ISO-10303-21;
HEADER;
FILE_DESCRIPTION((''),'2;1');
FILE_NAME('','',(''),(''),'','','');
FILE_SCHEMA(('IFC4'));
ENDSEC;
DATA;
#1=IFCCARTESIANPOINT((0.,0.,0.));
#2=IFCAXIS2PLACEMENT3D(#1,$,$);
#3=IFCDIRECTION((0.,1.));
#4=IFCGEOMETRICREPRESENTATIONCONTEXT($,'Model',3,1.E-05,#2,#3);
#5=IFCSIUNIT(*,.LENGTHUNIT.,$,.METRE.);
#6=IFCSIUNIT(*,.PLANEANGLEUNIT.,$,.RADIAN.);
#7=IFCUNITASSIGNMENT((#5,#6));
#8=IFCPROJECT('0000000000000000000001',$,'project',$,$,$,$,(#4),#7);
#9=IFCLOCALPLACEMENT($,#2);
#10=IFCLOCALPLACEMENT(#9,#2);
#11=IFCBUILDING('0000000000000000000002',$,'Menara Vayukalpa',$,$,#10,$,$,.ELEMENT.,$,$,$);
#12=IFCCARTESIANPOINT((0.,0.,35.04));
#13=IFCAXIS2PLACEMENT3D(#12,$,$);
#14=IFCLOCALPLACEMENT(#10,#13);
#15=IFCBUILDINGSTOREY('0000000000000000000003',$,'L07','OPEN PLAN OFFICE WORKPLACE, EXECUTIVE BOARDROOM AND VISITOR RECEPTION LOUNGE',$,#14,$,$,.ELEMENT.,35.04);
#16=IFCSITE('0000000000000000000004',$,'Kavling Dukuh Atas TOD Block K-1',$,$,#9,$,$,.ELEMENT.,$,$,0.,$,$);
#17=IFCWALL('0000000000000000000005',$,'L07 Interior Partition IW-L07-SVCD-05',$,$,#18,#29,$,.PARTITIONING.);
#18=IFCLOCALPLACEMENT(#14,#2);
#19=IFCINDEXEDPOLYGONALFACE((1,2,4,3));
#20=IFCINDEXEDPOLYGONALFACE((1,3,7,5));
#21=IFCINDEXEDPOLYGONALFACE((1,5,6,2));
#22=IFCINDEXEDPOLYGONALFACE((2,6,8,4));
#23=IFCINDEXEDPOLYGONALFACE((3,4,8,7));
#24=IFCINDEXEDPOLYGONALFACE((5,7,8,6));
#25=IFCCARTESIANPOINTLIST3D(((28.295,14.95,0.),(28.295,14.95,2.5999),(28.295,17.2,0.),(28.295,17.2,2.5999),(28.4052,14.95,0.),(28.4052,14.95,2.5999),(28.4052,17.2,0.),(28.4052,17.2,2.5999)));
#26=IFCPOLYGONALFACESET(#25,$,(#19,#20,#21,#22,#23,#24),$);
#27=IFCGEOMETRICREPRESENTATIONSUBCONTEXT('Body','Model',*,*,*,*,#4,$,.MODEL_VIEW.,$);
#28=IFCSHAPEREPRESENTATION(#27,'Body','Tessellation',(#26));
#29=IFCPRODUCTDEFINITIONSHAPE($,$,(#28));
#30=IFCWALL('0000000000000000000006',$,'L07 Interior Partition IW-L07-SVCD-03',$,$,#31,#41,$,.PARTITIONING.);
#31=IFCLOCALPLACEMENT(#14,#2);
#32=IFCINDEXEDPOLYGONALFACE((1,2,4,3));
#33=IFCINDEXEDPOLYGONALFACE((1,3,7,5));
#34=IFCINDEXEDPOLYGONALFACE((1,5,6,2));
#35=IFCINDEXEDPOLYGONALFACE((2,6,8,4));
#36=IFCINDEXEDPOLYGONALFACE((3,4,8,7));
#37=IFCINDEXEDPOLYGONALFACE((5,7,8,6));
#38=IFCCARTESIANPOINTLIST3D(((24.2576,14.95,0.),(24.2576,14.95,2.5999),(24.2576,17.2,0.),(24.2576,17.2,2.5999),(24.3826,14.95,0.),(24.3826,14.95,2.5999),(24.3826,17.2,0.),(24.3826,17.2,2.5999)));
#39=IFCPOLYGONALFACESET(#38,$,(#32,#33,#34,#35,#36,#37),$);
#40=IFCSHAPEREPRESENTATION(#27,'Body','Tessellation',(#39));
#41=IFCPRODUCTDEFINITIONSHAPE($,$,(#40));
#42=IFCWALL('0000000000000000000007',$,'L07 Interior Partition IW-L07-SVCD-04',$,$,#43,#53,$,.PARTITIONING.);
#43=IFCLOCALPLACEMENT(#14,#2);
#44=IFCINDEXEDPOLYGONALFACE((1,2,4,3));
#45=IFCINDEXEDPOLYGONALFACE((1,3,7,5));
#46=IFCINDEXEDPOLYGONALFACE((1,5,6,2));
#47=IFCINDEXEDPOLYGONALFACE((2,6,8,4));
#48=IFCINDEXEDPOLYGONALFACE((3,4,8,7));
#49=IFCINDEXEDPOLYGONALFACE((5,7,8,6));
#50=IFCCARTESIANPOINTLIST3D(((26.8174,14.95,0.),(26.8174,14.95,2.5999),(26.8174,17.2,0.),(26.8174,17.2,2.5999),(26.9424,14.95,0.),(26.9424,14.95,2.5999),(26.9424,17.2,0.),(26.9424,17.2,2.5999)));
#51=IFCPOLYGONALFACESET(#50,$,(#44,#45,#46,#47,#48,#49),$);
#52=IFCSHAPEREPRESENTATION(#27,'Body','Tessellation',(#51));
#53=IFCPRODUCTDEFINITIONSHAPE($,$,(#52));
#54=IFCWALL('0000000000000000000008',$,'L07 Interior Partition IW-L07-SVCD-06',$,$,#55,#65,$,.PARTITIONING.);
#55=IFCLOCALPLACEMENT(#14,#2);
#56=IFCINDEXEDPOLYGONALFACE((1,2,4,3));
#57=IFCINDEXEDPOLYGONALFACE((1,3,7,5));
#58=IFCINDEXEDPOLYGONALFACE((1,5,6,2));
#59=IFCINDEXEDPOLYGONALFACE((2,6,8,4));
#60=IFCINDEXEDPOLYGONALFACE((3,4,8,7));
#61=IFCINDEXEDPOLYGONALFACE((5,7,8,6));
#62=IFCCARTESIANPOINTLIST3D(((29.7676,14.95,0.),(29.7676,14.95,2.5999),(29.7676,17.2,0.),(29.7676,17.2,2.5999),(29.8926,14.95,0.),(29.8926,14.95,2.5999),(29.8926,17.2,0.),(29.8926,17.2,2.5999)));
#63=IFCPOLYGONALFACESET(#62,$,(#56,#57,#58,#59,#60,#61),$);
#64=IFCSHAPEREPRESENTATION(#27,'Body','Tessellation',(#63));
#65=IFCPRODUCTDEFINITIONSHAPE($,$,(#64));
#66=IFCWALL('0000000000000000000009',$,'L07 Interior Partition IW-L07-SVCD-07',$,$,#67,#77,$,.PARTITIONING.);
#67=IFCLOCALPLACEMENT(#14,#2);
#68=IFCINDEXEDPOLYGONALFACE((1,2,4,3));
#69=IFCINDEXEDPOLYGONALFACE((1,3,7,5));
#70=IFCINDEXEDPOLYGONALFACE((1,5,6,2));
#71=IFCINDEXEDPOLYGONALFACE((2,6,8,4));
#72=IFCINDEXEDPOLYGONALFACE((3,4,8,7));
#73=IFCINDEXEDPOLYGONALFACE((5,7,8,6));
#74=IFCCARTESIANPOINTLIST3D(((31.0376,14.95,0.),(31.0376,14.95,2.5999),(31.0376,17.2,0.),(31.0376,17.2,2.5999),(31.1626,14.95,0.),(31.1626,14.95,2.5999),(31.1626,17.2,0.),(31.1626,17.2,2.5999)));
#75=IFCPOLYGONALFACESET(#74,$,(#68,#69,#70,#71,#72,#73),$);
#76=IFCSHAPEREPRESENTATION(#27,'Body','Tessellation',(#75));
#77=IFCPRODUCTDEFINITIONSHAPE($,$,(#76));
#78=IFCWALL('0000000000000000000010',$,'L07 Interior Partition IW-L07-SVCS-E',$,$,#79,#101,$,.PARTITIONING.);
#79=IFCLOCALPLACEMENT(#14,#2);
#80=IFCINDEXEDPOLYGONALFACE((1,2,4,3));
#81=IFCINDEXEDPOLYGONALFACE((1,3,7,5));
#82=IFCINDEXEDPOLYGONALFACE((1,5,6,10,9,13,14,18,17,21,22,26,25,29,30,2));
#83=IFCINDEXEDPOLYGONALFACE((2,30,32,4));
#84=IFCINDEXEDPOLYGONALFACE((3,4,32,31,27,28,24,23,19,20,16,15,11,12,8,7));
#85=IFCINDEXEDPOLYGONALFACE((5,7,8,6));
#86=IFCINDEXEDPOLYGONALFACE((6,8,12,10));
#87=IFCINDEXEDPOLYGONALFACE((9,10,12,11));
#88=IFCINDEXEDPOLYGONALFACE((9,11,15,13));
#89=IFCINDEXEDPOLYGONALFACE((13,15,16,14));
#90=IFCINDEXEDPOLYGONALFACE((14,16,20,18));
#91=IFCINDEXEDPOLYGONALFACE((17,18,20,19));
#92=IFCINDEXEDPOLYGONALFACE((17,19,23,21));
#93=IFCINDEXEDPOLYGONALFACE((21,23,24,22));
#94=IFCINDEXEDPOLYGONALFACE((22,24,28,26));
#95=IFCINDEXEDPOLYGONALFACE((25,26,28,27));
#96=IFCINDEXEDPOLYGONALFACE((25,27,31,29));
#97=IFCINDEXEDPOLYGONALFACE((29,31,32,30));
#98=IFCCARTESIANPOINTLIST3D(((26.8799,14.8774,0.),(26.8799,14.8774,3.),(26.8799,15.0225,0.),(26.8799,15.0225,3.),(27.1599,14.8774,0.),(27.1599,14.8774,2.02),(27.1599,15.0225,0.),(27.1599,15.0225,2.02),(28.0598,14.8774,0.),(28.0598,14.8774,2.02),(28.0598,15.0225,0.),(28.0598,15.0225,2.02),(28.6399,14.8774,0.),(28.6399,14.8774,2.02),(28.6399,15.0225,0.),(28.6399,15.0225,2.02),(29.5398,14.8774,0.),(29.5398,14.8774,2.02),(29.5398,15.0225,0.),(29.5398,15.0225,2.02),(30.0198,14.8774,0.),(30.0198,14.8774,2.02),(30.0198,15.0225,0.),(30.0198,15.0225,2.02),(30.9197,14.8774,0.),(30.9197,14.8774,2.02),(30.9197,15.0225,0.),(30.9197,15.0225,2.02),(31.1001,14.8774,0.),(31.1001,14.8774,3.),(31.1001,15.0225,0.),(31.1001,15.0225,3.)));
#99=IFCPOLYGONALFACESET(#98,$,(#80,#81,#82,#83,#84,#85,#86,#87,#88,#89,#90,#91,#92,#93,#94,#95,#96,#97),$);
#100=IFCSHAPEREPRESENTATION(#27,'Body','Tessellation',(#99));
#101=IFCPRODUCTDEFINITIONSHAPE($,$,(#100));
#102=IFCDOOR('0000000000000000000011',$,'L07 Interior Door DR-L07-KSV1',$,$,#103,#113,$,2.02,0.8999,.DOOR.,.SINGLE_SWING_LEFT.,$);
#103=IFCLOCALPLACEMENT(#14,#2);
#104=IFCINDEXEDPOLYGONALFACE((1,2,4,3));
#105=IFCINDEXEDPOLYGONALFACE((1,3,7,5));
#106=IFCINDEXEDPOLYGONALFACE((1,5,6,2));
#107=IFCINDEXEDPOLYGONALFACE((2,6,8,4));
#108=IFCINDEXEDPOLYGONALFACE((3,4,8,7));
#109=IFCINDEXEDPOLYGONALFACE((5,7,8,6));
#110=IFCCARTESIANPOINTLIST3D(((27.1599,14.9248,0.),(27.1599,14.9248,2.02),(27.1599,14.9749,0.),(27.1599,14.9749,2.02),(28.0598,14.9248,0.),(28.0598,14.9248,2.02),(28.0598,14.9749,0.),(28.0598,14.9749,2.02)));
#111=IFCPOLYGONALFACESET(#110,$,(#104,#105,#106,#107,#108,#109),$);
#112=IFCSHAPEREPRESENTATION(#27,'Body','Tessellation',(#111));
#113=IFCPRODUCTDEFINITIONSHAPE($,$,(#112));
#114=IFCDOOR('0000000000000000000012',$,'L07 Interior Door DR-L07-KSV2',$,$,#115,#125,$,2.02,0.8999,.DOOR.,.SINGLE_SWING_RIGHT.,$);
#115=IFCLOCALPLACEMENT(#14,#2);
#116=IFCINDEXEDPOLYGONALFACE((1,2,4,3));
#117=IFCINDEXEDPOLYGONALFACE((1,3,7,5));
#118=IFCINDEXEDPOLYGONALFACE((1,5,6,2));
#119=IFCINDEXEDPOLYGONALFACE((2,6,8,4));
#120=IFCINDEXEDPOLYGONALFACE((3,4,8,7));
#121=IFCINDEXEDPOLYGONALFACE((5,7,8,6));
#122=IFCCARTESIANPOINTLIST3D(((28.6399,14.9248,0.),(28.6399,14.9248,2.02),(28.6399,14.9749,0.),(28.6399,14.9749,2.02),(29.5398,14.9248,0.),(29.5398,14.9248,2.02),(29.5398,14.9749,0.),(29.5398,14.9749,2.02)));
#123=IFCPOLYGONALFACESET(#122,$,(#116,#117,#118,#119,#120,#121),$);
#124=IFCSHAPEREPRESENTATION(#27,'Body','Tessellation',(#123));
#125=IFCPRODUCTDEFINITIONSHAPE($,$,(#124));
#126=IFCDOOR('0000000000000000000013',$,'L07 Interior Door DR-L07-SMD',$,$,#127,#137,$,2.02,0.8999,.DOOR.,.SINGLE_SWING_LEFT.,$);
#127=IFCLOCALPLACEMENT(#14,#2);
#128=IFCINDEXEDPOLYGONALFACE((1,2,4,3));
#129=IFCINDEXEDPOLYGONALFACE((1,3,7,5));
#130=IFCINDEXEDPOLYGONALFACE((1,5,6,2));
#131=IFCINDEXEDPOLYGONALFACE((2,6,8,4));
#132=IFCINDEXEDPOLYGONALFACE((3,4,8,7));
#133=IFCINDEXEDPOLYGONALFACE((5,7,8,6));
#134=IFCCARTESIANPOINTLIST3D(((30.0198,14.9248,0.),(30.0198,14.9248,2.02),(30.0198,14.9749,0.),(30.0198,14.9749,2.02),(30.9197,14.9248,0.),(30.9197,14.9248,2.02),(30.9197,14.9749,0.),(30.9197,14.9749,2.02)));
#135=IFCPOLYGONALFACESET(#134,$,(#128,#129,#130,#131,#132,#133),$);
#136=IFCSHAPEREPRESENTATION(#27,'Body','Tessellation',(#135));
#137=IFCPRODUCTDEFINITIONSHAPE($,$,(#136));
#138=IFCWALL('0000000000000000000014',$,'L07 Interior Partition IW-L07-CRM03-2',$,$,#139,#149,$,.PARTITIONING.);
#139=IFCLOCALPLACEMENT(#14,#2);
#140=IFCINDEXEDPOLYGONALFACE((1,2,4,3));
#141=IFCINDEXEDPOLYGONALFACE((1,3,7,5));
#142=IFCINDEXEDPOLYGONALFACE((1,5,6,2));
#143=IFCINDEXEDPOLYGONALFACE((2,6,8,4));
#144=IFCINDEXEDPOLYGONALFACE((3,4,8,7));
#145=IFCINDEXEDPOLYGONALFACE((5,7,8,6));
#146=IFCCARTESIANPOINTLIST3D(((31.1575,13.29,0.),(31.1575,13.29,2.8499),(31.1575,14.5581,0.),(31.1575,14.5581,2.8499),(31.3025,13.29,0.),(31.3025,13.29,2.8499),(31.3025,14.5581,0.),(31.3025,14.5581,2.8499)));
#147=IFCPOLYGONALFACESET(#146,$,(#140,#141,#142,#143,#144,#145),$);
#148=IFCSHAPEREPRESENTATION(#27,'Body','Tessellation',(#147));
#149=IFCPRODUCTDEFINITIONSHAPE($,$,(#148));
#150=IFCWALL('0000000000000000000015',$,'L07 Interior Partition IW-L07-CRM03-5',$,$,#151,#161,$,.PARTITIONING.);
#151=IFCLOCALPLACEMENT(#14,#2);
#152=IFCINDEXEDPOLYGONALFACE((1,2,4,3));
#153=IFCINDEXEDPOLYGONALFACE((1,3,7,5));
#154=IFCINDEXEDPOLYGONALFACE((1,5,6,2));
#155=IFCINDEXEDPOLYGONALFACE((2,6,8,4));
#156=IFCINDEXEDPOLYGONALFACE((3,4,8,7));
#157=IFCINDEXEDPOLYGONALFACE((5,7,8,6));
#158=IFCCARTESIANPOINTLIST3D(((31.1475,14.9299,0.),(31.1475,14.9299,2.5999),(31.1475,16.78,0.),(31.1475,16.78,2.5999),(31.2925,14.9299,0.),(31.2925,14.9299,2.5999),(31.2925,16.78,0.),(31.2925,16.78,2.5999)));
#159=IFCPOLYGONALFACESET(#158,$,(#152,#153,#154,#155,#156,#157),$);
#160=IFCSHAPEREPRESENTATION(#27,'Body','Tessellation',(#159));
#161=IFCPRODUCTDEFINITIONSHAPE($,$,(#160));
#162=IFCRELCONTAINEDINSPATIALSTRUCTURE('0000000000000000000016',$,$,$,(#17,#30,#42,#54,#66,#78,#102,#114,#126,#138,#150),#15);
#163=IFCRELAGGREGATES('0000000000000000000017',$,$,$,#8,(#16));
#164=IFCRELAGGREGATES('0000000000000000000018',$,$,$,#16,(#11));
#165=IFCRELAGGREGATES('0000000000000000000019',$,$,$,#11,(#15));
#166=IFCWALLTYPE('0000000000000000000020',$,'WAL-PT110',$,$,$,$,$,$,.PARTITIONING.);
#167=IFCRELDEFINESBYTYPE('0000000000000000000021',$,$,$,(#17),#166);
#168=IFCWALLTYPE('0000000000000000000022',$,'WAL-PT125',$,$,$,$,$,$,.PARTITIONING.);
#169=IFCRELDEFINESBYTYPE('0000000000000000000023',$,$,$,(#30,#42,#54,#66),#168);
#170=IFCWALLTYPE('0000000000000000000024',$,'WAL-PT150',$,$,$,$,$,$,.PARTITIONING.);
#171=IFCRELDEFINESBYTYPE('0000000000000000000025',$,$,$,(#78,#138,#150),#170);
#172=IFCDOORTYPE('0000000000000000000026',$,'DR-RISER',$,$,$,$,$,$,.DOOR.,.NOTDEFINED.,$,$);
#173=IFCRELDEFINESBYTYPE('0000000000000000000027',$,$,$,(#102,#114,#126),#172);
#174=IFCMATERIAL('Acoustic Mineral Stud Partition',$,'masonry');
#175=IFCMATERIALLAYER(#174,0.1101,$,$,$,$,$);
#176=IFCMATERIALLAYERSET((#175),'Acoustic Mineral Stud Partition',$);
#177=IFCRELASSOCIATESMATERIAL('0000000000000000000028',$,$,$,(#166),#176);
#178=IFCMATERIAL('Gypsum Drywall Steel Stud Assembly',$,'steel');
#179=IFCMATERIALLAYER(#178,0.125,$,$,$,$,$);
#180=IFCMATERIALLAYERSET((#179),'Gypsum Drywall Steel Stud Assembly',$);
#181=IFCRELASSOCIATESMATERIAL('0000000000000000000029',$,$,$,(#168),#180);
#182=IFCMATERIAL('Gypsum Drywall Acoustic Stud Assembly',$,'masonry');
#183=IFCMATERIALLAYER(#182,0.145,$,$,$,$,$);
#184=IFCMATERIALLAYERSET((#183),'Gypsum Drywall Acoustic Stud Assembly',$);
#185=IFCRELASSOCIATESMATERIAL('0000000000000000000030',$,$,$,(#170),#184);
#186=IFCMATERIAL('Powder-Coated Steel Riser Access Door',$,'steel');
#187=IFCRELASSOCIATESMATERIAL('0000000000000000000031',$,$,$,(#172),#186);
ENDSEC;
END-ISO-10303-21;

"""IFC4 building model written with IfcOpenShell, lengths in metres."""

from ifc_helpers import new_model, si_unit, direction, frame, frame_2d, origin, place, context, subcontext, project, spatial, rectangle, extrude, material, layer, layer_set, type_object, element, fill, save


model = new_model("IFC4")

# Units and contexts
model_context = context("Model", 3, precision=1e-05, world=origin(), true_north=direction((0.0, 1.0)))
body_context = subcontext(model_context, "Body", "Model", "MODEL_VIEW")
ifc_project = project(units=[si_unit("LENGTHUNIT", "METRE"), si_unit("PLANEANGLEUNIT", "RADIAN")], contexts=[model_context])

# Site, building, storey
site_placement = place(None, origin())
site = spatial("IfcSite", under=ifc_project, at=site_placement, Name="Kavling Dukuh Atas TOD Block K-1", CompositionType="ELEMENT", RefElevation=0.0)
building_placement = place(site_placement, origin())
building = spatial("IfcBuilding", under=site, at=building_placement, Name="Menara Vayukalpa", CompositionType="ELEMENT")
storey_placement = place(building_placement, frame((0.0, 0.0, 35.04)))
storey = spatial("IfcBuildingStorey", under=building, at=storey_placement, Name="L07", Description="OPEN PLAN OFFICE WORKPLACE, EXECUTIVE BOARDROOM AND VISITOR RECEPTION LOUNGE", CompositionType="ELEMENT", Elevation=35.04)

# Walls
ifc_material_1 = material(Name="Acoustic Mineral Stud Partition", Category="masonry")
ifc_layer_1 = layer(ifc_material_1, 0.1101)
ifc_layer_set_1 = layer_set([ifc_layer_1], Name="Acoustic Mineral Stud Partition")
wall_type_1 = type_object("IfcWallType", Name="WAL-PT110", PredefinedType="PARTITIONING", material=ifc_layer_set_1)
wall_1_placement = place(storey_placement, frame((28.3501, 14.95, 0.0), z_axis=(0.0, 0.0, 1.0), x_axis=(0.0, 1.0, 0.0)))
element("IfcWall", 1, at=wall_1_placement, inside=storey, type_object=wall_type_1, Name="L07 Interior Partition IW-L07-SVCD-05", PredefinedType="PARTITIONING", context=body_context, shape_type="SweptSolid", body=[
    extrude(rectangle(XDim=2.25, YDim=0.1101, at=frame_2d((1.125, 0.0))), origin(), (0.0, 0.0, 1.0), 2.5999),
])
ifc_material_2 = material(Name="Gypsum Drywall Steel Stud Assembly", Category="steel")
ifc_layer_2 = layer(ifc_material_2, 0.125)
ifc_layer_set_2 = layer_set([ifc_layer_2], Name="Gypsum Drywall Steel Stud Assembly")
wall_type_2 = type_object("IfcWallType", Name="WAL-PT125", PredefinedType="PARTITIONING", material=ifc_layer_set_2)
for number, where, z_axis, x_axis, name in (
    (2, (24.3201, 14.95, 0.0), (0.0, 0.0, 1.0), (0.0, 1.0, 0.0), "L07 Interior Partition IW-L07-SVCD-03"),
    (3, (26.8799, 14.95, 0.0), (0.0, 0.0, 1.0), (0.0, 1.0, 0.0), "L07 Interior Partition IW-L07-SVCD-04"),
    (4, (29.8301, 14.95, 0.0), (0.0, 0.0, 1.0), (0.0, 1.0, 0.0), "L07 Interior Partition IW-L07-SVCD-06"),
    (5, (31.1001, 14.95, 0.0), (0.0, 0.0, 1.0), (0.0, 1.0, 0.0), "L07 Interior Partition IW-L07-SVCD-07"),
):
    element("IfcWall", number, at=place(storey_placement, frame(where, z_axis=z_axis, x_axis=x_axis)), inside=storey, type_object=wall_type_2, Name=name, PredefinedType="PARTITIONING", context=body_context, shape_type="SweptSolid", body=[
        extrude(rectangle(XDim=2.25, YDim=0.125, at=frame_2d((1.125, 0.0))), origin(), (0.0, 0.0, 1.0), 2.5999),
    ])

# Wall, openings, doors
ifc_material_3 = material(Name="Gypsum Drywall Acoustic Stud Assembly", Category="masonry")
ifc_layer_3 = layer(ifc_material_3, 0.145)
ifc_layer_set_3 = layer_set([ifc_layer_3], Name="Gypsum Drywall Acoustic Stud Assembly")
wall_type_3 = type_object("IfcWallType", Name="WAL-PT150", PredefinedType="PARTITIONING", material=ifc_layer_set_3)
wall_2_placement = place(storey_placement, frame((26.8799, 14.95, 0.0), z_axis=(0.0, 0.0, 1.0), x_axis=(1.0, 0.0, 0.0)))
wall_2 = element("IfcWall", 6, at=wall_2_placement, inside=storey, type_object=wall_type_3, Name="L07 Interior Partition IW-L07-SVCS-E", PredefinedType="PARTITIONING", context=body_context, shape_type="SweptSolid", body=[
    extrude(rectangle(XDim=4.2202, YDim=0.145, at=frame_2d((2.1101, 0.0))), origin(), (0.0, 0.0, 1.0), 3.0),
])
opening_1_placement = place(wall_2_placement, frame((0.28, 0.0, 0.0)))
opening_1 = element("IfcOpeningElement", 7, at=opening_1_placement, cuts=wall_2, PredefinedType="OPENING", context=body_context, shape_type="SweptSolid", body=[
    extrude(rectangle(XDim=0.8999, YDim=2.02, at=frame_2d((0.45, 1.01))), frame((0.0, 0.0825, 0.0), z_axis=(0.0, -1.0, 0.0), x_axis=(1.0, 0.0, 0.0)), (0.0, 0.0, 1.0), 0.165),
])
opening_2_placement = place(wall_2_placement, frame((1.76, 0.0, 0.0)))
opening_2 = element("IfcOpeningElement", 8, at=opening_2_placement, cuts=wall_2, PredefinedType="OPENING", context=body_context, shape_type="SweptSolid", body=[
    extrude(rectangle(XDim=0.8999, YDim=2.02, at=frame_2d((0.45, 1.01))), frame((0.0, 0.0825, 0.0), z_axis=(0.0, -1.0, 0.0), x_axis=(1.0, 0.0, 0.0)), (0.0, 0.0, 1.0), 0.165),
])
opening_3_placement = place(wall_2_placement, frame((3.1399, 0.0, 0.0)))
opening_3 = element("IfcOpeningElement", 9, at=opening_3_placement, cuts=wall_2, PredefinedType="OPENING", context=body_context, shape_type="SweptSolid", body=[
    extrude(rectangle(XDim=0.8999, YDim=2.02, at=frame_2d((0.45, 1.01))), frame((0.0, 0.0825, 0.0), z_axis=(0.0, -1.0, 0.0), x_axis=(1.0, 0.0, 0.0)), (0.0, 0.0, 1.0), 0.165),
])
ifc_material_4 = material(Name="Powder-Coated Steel Riser Access Door", Category="steel")
door_type_1 = type_object("IfcDoorType", Name="DR-RISER", OperationType="NOTDEFINED", PredefinedType="DOOR", material=ifc_material_4)
door_1_placement = place(opening_1_placement, origin())
door_1 = element("IfcDoor", 10, at=door_1_placement, inside=storey, type_object=door_type_1, Name="L07 Interior Door DR-L07-KSV1", OperationType="SINGLE_SWING_LEFT", OverallHeight=2.02, OverallWidth=0.8999, PredefinedType="DOOR", context=body_context, shape_type="SweptSolid", body=[
    extrude(rectangle(XDim=0.8999, YDim=2.02, at=frame_2d((0.45, 1.01))), frame((0.0, 0.0249, 0.0), z_axis=(0.0, -1.0, 0.0), x_axis=(1.0, 0.0, 0.0)), (0.0, 0.0, 1.0), 0.05),
])
fill(opening_1, door_1)
door_2_placement = place(opening_2_placement, origin())
door_2 = element("IfcDoor", 11, at=door_2_placement, inside=storey, type_object=door_type_1, Name="L07 Interior Door DR-L07-KSV2", OperationType="SINGLE_SWING_RIGHT", OverallHeight=2.02, OverallWidth=0.8999, PredefinedType="DOOR", context=body_context, shape_type="SweptSolid", body=[
    extrude(rectangle(XDim=0.8999, YDim=2.02, at=frame_2d((0.45, 1.01))), frame((0.0, 0.0249, 0.0), z_axis=(0.0, -1.0, 0.0), x_axis=(1.0, 0.0, 0.0)), (0.0, 0.0, 1.0), 0.05),
])
fill(opening_2, door_2)
door_3_placement = place(opening_3_placement, origin())
door_3 = element("IfcDoor", 12, at=door_3_placement, inside=storey, type_object=door_type_1, Name="L07 Interior Door DR-L07-SMD", OperationType="SINGLE_SWING_LEFT", OverallHeight=2.02, OverallWidth=0.8999, PredefinedType="DOOR", context=body_context, shape_type="SweptSolid", body=[
    extrude(rectangle(XDim=0.8999, YDim=2.02, at=frame_2d((0.45, 1.01))), frame((0.0, 0.0249, 0.0), z_axis=(0.0, -1.0, 0.0), x_axis=(1.0, 0.0, 0.0)), (0.0, 0.0, 1.0), 0.05),
])
fill(opening_3, door_3)

# Walls
wall_3_placement = place(storey_placement, frame((31.23, 13.29, 0.0), z_axis=(0.0, 0.0, 1.0), x_axis=(0.0, 1.0, 0.0)))
element("IfcWall", 13, at=wall_3_placement, inside=storey, type_object=wall_type_3, Name="L07 Interior Partition IW-L07-CRM03-2", PredefinedType="PARTITIONING", context=body_context, shape_type="SweptSolid", body=[
    extrude(rectangle(XDim=1.2681, YDim=0.145, at=frame_2d((0.634, 0.0))), origin(), (0.0, 0.0, 1.0), 2.8499),
])
wall_4_placement = place(storey_placement, frame((31.22, 14.9299, 0.0), z_axis=(0.0, 0.0, 1.0), x_axis=(0.0, 1.0, 0.0)))
element("IfcWall", 14, at=wall_4_placement, inside=storey, type_object=wall_type_3, Name="L07 Interior Partition IW-L07-CRM03-5", PredefinedType="PARTITIONING", context=body_context, shape_type="SweptSolid", body=[
    extrude(rectangle(XDim=1.8501, YDim=0.145, at=frame_2d((0.925, 0.0))), origin(), (0.0, 0.0, 1.0), 2.5999),
])

save(model, "model.ifc")
